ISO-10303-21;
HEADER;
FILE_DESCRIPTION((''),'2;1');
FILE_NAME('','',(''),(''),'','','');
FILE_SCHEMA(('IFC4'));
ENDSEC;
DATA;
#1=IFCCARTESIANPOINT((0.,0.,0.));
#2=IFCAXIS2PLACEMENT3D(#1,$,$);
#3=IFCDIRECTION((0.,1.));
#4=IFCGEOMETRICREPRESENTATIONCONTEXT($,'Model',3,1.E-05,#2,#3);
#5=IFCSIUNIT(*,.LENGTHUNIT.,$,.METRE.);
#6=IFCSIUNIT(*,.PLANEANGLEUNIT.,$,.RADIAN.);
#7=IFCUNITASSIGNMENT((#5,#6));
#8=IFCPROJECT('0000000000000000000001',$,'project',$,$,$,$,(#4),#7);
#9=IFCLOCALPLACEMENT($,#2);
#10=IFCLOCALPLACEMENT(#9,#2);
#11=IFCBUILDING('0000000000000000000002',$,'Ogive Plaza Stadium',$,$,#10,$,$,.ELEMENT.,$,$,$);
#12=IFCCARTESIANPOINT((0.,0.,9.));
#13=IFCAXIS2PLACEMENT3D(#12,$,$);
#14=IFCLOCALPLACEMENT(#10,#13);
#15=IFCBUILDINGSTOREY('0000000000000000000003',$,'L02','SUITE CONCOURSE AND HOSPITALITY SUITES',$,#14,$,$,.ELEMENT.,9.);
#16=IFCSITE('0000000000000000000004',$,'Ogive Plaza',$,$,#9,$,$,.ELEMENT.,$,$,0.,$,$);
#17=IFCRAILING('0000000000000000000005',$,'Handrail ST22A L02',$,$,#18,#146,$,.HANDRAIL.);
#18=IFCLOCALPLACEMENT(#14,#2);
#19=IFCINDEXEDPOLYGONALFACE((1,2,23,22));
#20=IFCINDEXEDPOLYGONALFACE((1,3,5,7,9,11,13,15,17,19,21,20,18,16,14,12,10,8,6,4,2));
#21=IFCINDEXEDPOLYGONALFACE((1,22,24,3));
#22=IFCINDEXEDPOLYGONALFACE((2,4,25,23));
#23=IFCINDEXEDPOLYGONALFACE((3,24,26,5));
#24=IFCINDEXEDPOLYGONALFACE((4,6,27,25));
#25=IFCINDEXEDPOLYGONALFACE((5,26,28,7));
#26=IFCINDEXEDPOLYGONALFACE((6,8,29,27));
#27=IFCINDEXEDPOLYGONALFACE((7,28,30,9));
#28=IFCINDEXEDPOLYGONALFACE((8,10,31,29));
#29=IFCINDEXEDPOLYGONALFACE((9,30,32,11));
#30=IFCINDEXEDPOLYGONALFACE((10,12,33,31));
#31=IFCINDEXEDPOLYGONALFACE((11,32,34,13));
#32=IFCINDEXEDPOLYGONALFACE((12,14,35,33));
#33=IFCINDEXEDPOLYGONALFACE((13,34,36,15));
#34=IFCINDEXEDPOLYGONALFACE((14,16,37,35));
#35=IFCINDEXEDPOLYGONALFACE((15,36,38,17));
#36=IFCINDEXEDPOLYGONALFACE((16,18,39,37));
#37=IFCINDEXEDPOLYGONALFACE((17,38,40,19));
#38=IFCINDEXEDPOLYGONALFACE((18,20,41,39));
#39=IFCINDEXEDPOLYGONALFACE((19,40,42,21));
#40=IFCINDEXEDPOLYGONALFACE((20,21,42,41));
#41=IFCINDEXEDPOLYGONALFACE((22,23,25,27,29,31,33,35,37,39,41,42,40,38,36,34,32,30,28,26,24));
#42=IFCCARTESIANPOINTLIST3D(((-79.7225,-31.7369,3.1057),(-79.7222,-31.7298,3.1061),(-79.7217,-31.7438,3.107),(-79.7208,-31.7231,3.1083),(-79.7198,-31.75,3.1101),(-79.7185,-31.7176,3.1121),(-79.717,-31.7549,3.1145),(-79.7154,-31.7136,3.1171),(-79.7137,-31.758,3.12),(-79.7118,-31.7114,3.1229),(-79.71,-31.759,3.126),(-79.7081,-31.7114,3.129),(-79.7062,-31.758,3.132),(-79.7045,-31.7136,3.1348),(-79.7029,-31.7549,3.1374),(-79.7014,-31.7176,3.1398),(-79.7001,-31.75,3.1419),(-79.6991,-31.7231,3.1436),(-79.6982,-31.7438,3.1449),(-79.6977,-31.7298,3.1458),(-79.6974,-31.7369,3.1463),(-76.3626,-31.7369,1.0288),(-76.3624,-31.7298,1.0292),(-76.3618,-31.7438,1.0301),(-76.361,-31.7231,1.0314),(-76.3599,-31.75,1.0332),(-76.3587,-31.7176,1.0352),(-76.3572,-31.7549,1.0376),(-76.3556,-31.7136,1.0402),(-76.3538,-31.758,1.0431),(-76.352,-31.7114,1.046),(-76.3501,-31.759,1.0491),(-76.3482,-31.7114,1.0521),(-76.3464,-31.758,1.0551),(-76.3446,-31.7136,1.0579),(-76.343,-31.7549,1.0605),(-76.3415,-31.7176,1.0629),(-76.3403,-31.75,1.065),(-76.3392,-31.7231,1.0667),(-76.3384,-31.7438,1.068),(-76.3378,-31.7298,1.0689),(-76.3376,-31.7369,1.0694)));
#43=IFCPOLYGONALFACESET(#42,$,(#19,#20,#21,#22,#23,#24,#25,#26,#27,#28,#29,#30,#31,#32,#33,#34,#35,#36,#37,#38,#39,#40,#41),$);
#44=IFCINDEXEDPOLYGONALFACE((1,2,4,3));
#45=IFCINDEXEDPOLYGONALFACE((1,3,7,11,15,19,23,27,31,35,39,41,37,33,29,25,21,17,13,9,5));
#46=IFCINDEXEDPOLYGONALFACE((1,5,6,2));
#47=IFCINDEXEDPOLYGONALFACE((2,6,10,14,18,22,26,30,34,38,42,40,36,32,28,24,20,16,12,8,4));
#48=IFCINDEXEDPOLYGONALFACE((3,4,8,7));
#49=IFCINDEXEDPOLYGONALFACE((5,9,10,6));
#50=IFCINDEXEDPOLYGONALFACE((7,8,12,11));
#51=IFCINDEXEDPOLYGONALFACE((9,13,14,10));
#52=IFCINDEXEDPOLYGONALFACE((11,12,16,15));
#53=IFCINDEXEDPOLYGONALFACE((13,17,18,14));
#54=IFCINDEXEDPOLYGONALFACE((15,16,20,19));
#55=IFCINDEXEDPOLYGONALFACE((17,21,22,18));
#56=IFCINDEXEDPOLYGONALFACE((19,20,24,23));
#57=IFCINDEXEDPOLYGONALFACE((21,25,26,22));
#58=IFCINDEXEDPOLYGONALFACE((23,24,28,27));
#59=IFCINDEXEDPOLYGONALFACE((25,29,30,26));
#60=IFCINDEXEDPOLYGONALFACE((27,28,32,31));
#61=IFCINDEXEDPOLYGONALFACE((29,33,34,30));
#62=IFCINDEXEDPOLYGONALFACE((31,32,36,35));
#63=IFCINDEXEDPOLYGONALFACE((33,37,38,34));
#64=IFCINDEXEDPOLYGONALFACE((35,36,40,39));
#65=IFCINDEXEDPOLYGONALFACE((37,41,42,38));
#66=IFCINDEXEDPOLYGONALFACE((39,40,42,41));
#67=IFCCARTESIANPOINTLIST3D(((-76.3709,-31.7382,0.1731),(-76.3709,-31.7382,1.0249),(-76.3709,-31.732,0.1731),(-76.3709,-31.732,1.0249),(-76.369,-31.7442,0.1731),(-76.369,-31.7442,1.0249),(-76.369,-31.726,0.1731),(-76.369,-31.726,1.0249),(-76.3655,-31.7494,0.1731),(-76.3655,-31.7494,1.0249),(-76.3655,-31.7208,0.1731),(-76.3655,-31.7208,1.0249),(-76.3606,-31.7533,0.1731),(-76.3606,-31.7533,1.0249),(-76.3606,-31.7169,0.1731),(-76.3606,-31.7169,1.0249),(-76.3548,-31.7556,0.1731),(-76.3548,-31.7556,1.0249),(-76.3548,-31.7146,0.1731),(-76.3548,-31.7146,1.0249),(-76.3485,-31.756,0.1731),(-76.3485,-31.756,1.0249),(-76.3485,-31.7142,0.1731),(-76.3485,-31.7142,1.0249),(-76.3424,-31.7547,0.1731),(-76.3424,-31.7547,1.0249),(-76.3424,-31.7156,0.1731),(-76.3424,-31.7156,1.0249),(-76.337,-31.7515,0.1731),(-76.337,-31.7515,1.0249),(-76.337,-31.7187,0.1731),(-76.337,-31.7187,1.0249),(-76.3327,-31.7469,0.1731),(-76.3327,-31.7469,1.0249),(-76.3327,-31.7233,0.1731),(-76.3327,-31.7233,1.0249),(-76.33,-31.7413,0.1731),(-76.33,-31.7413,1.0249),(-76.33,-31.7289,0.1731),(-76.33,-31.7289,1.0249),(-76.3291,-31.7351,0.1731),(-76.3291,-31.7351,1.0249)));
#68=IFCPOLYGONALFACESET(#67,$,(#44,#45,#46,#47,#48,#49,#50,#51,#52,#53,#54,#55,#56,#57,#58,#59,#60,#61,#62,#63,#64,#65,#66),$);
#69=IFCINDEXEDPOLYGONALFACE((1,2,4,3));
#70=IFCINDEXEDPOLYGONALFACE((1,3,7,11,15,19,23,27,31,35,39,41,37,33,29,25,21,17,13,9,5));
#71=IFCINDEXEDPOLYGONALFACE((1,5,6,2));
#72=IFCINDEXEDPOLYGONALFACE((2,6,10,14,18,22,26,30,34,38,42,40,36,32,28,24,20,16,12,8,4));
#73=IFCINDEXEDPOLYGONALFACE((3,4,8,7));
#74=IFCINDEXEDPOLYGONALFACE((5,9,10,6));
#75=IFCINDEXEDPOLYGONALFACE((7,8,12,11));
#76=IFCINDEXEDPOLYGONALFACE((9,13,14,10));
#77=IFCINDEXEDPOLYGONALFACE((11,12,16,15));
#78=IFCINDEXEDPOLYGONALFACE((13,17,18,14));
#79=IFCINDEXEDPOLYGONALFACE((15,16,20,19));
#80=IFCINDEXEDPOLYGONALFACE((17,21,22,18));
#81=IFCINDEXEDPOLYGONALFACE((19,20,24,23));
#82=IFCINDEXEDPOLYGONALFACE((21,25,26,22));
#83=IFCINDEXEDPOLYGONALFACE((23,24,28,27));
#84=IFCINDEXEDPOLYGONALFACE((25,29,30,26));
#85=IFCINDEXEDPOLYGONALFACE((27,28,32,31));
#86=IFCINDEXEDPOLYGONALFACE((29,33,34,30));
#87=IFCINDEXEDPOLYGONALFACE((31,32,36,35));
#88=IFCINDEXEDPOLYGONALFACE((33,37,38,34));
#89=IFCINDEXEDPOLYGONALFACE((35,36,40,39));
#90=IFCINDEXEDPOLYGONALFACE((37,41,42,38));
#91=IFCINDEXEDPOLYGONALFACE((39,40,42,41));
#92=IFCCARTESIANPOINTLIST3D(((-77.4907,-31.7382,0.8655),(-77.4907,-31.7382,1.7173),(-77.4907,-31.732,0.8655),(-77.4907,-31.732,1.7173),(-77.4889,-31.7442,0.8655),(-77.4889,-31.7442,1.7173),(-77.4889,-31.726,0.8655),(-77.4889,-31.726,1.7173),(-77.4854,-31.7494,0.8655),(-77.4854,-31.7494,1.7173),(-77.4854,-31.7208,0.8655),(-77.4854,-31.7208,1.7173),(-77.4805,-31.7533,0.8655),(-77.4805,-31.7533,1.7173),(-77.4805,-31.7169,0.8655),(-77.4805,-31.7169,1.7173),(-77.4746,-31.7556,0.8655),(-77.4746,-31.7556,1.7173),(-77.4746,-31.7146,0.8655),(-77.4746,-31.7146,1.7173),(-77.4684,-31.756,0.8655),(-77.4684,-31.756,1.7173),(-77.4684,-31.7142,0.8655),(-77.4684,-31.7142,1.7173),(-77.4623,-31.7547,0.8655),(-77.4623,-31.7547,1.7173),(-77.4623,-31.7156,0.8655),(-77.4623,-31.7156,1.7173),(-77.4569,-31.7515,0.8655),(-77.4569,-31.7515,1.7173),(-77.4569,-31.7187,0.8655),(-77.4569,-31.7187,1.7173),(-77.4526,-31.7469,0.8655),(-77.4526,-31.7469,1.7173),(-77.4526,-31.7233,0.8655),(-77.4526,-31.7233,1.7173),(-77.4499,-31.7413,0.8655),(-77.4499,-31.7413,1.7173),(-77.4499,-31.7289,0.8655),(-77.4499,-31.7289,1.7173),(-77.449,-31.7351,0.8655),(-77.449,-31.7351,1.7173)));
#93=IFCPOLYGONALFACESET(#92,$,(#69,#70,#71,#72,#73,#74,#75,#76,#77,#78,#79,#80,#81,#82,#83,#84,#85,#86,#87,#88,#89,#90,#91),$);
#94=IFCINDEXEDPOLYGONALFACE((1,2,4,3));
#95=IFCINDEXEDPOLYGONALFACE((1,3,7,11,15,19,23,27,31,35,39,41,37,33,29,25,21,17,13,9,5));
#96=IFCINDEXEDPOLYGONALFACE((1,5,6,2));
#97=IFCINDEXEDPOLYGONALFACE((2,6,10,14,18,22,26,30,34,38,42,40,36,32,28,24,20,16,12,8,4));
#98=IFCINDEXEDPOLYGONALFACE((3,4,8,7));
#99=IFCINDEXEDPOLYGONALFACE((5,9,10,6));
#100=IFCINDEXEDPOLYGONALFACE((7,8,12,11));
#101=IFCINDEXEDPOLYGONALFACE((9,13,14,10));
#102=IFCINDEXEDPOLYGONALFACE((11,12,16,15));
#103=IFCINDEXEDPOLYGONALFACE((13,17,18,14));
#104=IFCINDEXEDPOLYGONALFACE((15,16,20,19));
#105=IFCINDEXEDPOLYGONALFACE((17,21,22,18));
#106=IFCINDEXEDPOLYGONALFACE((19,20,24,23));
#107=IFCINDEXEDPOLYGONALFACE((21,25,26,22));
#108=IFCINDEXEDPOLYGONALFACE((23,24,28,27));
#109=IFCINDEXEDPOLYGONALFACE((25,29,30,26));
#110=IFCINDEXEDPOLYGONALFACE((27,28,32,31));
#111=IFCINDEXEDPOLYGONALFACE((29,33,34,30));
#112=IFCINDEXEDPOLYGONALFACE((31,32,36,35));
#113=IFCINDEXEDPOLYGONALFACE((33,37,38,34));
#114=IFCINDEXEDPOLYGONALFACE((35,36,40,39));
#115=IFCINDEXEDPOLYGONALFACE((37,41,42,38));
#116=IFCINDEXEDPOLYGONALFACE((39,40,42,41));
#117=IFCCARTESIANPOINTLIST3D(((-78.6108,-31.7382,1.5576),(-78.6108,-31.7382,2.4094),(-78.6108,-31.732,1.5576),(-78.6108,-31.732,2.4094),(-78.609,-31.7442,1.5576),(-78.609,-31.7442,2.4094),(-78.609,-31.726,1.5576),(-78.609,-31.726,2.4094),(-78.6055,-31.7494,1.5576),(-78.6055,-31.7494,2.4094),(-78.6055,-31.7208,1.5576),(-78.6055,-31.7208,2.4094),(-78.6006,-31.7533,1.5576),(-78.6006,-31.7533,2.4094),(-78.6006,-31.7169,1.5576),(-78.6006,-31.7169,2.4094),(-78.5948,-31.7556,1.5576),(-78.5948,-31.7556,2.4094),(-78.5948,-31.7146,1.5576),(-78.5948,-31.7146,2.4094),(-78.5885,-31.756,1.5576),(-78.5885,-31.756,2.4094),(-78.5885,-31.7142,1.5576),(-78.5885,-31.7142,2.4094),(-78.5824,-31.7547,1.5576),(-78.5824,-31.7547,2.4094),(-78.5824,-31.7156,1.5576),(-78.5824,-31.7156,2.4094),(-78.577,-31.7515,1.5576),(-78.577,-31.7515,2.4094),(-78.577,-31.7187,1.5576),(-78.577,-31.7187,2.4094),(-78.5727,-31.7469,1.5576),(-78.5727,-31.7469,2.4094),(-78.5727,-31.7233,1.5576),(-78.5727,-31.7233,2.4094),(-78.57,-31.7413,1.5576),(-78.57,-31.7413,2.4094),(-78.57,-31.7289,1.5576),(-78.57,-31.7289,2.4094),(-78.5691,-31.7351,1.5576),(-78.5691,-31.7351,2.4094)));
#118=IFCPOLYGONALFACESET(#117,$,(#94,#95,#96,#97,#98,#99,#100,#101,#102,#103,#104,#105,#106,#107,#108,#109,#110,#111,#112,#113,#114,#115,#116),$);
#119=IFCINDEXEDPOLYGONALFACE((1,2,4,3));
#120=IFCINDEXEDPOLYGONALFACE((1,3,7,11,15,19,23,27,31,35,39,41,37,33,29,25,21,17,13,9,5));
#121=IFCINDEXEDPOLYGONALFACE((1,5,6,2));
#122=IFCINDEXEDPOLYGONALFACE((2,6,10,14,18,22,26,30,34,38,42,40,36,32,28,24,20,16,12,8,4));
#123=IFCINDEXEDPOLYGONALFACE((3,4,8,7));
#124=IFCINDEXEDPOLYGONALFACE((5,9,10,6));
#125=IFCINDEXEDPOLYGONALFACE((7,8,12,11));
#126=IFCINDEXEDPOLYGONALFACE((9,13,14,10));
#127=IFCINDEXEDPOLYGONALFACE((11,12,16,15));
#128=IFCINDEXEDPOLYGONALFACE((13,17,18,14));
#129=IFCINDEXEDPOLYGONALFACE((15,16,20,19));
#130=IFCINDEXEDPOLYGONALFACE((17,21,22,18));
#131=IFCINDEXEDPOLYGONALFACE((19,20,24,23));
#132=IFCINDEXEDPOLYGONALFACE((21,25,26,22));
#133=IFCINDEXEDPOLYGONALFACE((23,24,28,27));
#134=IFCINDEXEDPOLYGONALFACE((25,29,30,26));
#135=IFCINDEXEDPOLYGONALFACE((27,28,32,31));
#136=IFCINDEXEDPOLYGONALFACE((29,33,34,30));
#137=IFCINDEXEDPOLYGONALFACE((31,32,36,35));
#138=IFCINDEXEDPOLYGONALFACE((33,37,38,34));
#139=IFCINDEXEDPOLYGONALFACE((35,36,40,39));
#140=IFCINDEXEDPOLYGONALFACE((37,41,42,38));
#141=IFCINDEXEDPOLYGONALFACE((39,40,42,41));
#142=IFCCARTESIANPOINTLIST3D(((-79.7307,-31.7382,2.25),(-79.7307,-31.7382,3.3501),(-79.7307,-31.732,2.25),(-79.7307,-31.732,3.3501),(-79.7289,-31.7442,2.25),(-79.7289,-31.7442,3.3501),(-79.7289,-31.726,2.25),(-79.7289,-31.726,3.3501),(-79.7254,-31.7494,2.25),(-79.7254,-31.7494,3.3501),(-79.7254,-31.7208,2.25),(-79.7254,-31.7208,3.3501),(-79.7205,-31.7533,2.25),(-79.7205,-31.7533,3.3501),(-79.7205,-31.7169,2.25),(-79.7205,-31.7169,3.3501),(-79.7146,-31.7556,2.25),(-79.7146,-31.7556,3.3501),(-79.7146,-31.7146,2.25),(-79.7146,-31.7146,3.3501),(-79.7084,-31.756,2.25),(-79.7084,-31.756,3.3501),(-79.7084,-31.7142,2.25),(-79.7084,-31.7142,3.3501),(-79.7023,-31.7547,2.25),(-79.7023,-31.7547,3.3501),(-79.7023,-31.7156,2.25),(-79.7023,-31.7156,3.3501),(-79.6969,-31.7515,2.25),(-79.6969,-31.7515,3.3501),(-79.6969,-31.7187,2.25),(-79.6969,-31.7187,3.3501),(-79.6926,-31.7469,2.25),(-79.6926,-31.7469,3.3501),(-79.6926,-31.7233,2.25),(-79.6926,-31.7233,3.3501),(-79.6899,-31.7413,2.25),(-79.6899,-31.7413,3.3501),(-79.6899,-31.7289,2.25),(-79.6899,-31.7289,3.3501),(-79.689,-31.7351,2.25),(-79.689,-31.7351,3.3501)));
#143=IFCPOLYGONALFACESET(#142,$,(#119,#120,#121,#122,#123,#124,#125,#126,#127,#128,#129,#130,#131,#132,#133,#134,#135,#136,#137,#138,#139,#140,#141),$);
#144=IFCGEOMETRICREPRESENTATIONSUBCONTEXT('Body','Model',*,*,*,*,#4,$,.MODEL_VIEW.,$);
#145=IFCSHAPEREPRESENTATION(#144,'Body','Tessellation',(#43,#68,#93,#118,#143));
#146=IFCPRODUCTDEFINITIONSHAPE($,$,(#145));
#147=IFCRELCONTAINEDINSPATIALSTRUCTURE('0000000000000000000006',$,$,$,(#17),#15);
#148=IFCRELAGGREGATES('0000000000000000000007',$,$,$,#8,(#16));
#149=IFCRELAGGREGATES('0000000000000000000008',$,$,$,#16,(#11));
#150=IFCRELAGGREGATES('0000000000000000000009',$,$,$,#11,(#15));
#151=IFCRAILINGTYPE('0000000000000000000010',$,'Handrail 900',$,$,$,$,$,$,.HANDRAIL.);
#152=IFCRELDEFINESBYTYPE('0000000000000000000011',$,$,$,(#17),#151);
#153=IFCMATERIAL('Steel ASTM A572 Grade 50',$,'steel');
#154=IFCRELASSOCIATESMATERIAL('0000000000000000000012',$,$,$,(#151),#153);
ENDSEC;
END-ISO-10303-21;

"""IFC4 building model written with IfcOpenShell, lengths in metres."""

from ifc_helpers import new_model, si_unit, direction, frame, origin, origin_2d, place, context, subcontext, project, spatial, circle, extrude, material, type_object, element, save


model = new_model("IFC4")

# Units and contexts
model_context = context("Model", 3, precision=1e-05, world=origin(), true_north=direction((0.0, 1.0)))
body_context = subcontext(model_context, "Body", "Model", "MODEL_VIEW")
ifc_project = project(units=[si_unit("LENGTHUNIT", "METRE"), si_unit("PLANEANGLEUNIT", "RADIAN")], contexts=[model_context])

# Site, building, storey
site_placement = place(None, origin())
site = spatial("IfcSite", under=ifc_project, at=site_placement, Name="Ogive Plaza", CompositionType="ELEMENT", RefElevation=0.0)
building_placement = place(site_placement, origin())
building = spatial("IfcBuilding", under=site, at=building_placement, Name="Ogive Plaza Stadium", CompositionType="ELEMENT")
storey_placement = place(building_placement, frame((0.0, 0.0, 9.0)))
storey = spatial("IfcBuildingStorey", under=building, at=storey_placement, Name="L02", Description="SUITE CONCOURSE AND HOSPITALITY SUITES", CompositionType="ELEMENT", Elevation=9.0)

# Railing
ifc_material_1 = material(Name="Steel ASTM A572 Grade 50", Category="steel")
railing_type_1 = type_object("IfcRailingType", Name="Handrail 900", PredefinedType="HANDRAIL", material=ifc_material_1)
for number, where, name in (
    (1, (-76.3501, -31.7351, 0.1731), "Handrail ST22A L02"),
):
    element("IfcRailing", number, at=place(storey_placement, frame(where)), inside=storey, type_object=railing_type_1, Name=name, PredefinedType="HANDRAIL", context=body_context, shape_type="SweptSolid", body=[
        extrude(circle(Radius=0.0239, at=origin_2d()), frame((0.0, 0.0, 0.876), z_axis=(-0.850606, 0.0, 0.525803), x_axis=(0.0, -1.0, 0.0)), (0.0, 0.0, 1.0), 3.95),
        extrude(circle(Radius=0.021, at=origin_2d()), origin(), (0.0, 0.0, 1.0), 0.8518),
        extrude(circle(Radius=0.021, at=origin_2d()), frame((-1.1199, 0.0, 0.6924)), (0.0, 0.0, 1.0), 0.8518),
        extrude(circle(Radius=0.021, at=origin_2d()), frame((-2.24, 0.0, 1.3845)), (0.0, 0.0, 1.0), 0.8518),
        extrude(circle(Radius=0.021, at=origin_2d()), frame((-3.3599, 0.0, 2.0769)), (0.0, 0.0, 1.0), 1.1001),
    ])

save(model, "model.ifc")
